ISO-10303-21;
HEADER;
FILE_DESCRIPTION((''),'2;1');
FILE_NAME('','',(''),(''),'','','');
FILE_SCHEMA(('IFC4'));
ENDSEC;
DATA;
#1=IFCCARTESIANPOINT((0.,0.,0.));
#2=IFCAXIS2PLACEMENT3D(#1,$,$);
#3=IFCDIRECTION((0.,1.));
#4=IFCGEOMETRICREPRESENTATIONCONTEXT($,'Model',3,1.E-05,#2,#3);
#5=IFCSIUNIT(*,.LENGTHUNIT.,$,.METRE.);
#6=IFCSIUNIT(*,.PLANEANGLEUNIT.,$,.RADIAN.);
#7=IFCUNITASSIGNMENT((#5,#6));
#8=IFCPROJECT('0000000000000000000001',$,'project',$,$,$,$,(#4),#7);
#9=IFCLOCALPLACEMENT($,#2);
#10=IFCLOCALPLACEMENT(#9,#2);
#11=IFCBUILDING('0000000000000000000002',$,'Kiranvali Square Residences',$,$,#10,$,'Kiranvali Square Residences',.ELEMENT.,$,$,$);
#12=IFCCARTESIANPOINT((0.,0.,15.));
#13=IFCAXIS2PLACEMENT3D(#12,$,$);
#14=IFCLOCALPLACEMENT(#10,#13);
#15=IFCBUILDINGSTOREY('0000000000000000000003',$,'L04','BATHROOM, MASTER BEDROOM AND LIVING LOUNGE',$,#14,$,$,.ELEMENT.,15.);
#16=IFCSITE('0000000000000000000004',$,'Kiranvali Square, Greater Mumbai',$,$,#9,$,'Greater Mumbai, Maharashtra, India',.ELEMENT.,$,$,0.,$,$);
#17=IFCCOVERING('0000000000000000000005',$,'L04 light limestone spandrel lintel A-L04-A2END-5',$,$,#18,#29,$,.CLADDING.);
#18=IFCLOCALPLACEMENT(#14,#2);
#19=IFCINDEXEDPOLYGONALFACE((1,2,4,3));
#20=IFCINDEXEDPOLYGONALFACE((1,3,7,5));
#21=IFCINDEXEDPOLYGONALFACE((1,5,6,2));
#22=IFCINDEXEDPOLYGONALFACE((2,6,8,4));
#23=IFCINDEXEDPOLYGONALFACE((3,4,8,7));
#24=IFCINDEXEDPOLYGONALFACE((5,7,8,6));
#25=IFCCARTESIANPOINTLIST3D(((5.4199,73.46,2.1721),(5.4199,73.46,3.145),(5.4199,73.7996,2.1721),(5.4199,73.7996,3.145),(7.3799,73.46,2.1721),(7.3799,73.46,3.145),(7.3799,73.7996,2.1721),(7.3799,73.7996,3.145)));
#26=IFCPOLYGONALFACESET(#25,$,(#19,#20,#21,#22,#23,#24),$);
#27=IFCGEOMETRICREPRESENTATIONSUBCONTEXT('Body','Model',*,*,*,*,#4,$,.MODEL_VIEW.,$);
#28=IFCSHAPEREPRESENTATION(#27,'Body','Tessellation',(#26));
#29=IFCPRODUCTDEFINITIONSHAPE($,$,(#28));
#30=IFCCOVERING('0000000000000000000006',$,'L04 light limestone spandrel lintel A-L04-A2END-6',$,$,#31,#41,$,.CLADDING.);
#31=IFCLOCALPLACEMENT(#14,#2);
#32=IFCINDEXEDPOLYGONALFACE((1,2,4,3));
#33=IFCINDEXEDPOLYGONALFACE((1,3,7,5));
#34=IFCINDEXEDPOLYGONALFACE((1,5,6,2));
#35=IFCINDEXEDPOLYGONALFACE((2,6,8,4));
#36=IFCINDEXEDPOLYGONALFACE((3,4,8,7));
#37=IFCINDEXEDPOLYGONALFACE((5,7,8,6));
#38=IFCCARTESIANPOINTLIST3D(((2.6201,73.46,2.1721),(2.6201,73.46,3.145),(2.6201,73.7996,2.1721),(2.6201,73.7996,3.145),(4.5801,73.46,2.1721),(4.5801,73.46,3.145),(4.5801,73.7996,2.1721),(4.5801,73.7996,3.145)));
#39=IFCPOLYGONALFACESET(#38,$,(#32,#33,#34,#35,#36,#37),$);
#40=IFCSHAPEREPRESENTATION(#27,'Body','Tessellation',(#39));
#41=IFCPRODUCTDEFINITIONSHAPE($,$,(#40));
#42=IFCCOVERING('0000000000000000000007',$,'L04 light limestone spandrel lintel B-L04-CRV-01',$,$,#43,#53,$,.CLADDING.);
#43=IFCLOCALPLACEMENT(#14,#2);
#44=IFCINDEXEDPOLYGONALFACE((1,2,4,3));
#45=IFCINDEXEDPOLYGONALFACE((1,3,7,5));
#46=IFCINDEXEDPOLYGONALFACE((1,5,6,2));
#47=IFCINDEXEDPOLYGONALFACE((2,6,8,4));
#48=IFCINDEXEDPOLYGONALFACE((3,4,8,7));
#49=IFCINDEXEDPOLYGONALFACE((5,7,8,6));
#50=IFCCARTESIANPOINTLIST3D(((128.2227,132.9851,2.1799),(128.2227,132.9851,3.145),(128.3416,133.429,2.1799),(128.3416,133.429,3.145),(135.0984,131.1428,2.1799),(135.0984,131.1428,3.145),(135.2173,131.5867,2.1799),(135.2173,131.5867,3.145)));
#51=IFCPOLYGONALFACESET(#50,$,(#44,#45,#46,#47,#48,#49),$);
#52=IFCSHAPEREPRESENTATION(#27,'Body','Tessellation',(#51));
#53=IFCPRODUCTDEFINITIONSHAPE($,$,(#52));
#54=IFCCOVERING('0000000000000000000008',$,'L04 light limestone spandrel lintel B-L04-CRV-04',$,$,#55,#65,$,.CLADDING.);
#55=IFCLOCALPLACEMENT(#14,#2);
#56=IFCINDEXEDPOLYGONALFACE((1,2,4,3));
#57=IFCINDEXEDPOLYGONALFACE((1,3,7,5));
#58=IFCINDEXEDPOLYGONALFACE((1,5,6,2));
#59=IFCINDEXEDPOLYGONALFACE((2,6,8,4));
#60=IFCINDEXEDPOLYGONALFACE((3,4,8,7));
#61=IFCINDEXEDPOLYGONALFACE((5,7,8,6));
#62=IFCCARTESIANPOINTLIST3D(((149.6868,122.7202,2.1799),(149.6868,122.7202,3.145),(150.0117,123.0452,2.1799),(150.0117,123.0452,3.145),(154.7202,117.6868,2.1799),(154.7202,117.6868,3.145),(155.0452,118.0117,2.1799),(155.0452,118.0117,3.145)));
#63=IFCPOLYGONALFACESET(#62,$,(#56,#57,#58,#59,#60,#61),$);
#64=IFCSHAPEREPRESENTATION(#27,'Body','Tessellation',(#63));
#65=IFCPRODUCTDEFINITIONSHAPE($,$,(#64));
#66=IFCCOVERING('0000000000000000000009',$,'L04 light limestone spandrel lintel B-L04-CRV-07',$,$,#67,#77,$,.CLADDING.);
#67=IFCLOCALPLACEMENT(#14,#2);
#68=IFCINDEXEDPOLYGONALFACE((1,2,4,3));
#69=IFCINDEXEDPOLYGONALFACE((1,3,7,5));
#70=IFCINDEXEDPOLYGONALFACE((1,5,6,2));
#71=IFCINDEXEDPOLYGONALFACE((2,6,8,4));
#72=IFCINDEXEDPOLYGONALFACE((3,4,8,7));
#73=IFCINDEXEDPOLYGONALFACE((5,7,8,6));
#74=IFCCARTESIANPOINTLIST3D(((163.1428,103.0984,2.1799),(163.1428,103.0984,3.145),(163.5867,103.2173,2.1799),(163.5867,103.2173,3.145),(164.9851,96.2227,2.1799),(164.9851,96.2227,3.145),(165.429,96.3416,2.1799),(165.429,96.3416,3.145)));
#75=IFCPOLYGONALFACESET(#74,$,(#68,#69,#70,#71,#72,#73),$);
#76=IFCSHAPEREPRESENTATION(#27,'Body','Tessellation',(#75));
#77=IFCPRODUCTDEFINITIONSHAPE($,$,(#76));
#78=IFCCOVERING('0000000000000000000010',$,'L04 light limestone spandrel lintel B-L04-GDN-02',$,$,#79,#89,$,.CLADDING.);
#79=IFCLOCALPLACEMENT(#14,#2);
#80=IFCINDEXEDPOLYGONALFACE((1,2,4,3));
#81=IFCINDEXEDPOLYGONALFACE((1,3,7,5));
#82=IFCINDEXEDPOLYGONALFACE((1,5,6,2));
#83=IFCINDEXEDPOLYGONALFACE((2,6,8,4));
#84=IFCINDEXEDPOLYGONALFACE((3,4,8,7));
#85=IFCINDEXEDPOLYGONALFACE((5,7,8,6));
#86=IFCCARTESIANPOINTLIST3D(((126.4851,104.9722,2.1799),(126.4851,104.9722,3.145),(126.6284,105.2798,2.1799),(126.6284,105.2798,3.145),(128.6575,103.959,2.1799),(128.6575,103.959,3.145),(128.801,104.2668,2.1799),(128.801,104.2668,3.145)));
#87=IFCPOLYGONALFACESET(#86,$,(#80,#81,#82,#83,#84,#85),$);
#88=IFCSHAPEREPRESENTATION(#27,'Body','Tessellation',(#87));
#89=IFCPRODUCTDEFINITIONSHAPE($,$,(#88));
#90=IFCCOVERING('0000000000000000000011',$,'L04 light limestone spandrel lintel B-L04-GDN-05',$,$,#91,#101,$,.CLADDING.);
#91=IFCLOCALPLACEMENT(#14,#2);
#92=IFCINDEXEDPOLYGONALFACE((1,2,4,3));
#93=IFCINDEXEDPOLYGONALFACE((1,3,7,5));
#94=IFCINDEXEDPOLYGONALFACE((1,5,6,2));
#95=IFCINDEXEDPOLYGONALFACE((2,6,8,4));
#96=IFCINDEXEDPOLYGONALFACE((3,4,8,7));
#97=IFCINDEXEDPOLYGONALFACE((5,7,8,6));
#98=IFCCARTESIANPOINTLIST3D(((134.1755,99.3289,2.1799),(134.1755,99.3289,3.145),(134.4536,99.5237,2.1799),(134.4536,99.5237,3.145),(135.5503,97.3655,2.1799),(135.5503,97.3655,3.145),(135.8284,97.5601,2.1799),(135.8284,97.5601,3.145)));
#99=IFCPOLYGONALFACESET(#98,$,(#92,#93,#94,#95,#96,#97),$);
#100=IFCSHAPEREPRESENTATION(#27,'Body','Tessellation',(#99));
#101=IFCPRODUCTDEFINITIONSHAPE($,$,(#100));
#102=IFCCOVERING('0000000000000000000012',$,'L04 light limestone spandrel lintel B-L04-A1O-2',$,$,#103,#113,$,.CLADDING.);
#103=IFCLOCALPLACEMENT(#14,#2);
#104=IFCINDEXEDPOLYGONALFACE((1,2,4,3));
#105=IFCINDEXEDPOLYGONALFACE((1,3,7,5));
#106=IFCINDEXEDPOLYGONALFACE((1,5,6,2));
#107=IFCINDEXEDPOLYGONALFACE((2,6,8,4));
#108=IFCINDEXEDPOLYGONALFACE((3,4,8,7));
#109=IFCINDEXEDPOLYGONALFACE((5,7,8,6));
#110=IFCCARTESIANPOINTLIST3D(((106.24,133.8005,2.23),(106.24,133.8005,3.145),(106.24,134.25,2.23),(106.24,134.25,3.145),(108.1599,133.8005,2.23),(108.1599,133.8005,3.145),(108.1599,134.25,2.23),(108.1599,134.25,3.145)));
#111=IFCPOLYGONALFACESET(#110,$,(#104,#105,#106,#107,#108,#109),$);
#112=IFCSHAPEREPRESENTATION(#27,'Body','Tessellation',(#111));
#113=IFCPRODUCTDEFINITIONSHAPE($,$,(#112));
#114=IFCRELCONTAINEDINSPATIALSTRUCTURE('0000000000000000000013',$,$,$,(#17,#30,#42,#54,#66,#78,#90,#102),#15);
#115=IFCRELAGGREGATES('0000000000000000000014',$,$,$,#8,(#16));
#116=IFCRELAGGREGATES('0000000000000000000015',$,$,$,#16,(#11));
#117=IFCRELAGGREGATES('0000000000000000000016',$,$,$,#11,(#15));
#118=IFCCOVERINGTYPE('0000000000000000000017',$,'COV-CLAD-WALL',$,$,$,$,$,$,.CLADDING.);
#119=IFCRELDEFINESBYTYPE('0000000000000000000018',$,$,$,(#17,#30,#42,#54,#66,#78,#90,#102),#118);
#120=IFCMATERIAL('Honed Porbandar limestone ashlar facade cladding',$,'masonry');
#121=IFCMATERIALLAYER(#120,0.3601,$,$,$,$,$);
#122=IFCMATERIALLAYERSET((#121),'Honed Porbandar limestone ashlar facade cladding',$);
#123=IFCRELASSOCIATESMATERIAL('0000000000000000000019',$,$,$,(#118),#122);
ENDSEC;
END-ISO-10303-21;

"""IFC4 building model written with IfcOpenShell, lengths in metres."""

from ifc_helpers import new_model, si_unit, direction, frame, origin, place, context, subcontext, project, spatial, polyline, outline, extrude, material, layer, layer_set, type_object, element, save


model = new_model("IFC4")

# Units and contexts
model_context = context("Model", 3, precision=1e-05, world=origin(), true_north=direction((0.0, 1.0)))
body_context = subcontext(model_context, "Body", "Model", "MODEL_VIEW")
ifc_project = project(units=[si_unit("LENGTHUNIT", "METRE"), si_unit("PLANEANGLEUNIT", "RADIAN")], contexts=[model_context])

# Site, building, storey
site_placement = place(None, origin())
site = spatial("IfcSite", under=ifc_project, at=site_placement, Name="Kiranvali Square, Greater Mumbai", LongName="Greater Mumbai, Maharashtra, India", CompositionType="ELEMENT", RefElevation=0.0)
building_placement = place(site_placement, origin())
building = spatial("IfcBuilding", under=site, at=building_placement, Name="Kiranvali Square Residences", LongName="Kiranvali Square Residences", CompositionType="ELEMENT")
storey_placement = place(building_placement, frame((0.0, 0.0, 15.0)))
storey = spatial("IfcBuildingStorey", under=building, at=storey_placement, Name="L04", Description="BATHROOM, MASTER BEDROOM AND LIVING LOUNGE", CompositionType="ELEMENT", Elevation=15.0)

# Coverings
ifc_material = material(Name="Honed Porbandar limestone ashlar facade cladding", Category="masonry")
ifc_layer = layer(ifc_material, 0.3601)
ifc_layer_set = layer_set([ifc_layer], Name="Honed Porbandar limestone ashlar facade cladding")
covering_type = type_object("IfcCoveringType", Name="COV-CLAD-WALL", PredefinedType="CLADDING", material=ifc_layer_set)
covering_1_placement = place(storey_placement, frame((0.0, 0.0, 2.1721)))
element("IfcCovering", 1, at=covering_1_placement, inside=storey, type_object=covering_type, Name="L04 light limestone spandrel lintel A-L04-A2END-5", PredefinedType="CLADDING", context=body_context, shape_type="SweptSolid", body=[
    extrude(outline(polyline([(7.3799, 73.7996), (5.4199, 73.7996), (5.4199, 73.46), (7.3799, 73.46), (7.3799, 73.7996)])), origin(), (0.0, 0.0, 1.0), 0.9729),
])
covering_2_placement = place(storey_placement, frame((0.0, 0.0, 2.1721)))
element("IfcCovering", 2, at=covering_2_placement, inside=storey, type_object=covering_type, Name="L04 light limestone spandrel lintel A-L04-A2END-6", PredefinedType="CLADDING", context=body_context, shape_type="SweptSolid", body=[
    extrude(outline(polyline([(4.5801, 73.7996), (2.6201, 73.7996), (2.6201, 73.46), (4.5801, 73.46), (4.5801, 73.7996)])), origin(), (0.0, 0.0, 1.0), 0.9729),
])
covering_3_placement = place(storey_placement, frame((0.0, 0.0, 2.1799)))
element("IfcCovering", 3, at=covering_3_placement, inside=storey, type_object=covering_type, Name="L04 light limestone spandrel lintel B-L04-CRV-01", PredefinedType="CLADDING", context=body_context, shape_type="SweptSolid", body=[
    extrude(outline(polyline([(128.2227, 132.9851), (135.0984, 131.1428), (135.2173, 131.5867), (128.3416, 133.429), (128.2227, 132.9851)])), origin(), (0.0, 0.0, 1.0), 0.9651),
])
covering_4_placement = place(storey_placement, frame((0.0, 0.0, 2.1799)))
element("IfcCovering", 4, at=covering_4_placement, inside=storey, type_object=covering_type, Name="L04 light limestone spandrel lintel B-L04-CRV-04", PredefinedType="CLADDING", context=body_context, shape_type="SweptSolid", body=[
    extrude(outline(polyline([(149.6868, 122.7202), (154.7202, 117.6868), (155.0452, 118.0117), (150.0117, 123.0452), (149.6868, 122.7202)])), origin(), (0.0, 0.0, 1.0), 0.9651),
])
covering_5_placement = place(storey_placement, frame((0.0, 0.0, 2.1799)))
element("IfcCovering", 5, at=covering_5_placement, inside=storey, type_object=covering_type, Name="L04 light limestone spandrel lintel B-L04-CRV-07", PredefinedType="CLADDING", context=body_context, shape_type="SweptSolid", body=[
    extrude(outline(polyline([(163.1428, 103.0984), (164.9851, 96.2227), (165.429, 96.3416), (163.5867, 103.2173), (163.1428, 103.0984)])), origin(), (0.0, 0.0, 1.0), 0.9651),
])
covering_6_placement = place(storey_placement, frame((0.0, 0.0, 2.1799)))
element("IfcCovering", 6, at=covering_6_placement, inside=storey, type_object=covering_type, Name="L04 light limestone spandrel lintel B-L04-GDN-02", PredefinedType="CLADDING", context=body_context, shape_type="SweptSolid", body=[
    extrude(outline(polyline([(126.4851, 104.9722), (128.6575, 103.959), (128.801, 104.2668), (126.6284, 105.2798), (126.4851, 104.9722)])), origin(), (0.0, 0.0, 1.0), 0.9651),
])
covering_7_placement = place(storey_placement, frame((0.0, 0.0, 2.1799)))
element("IfcCovering", 7, at=covering_7_placement, inside=storey, type_object=covering_type, Name="L04 light limestone spandrel lintel B-L04-GDN-05", PredefinedType="CLADDING", context=body_context, shape_type="SweptSolid", body=[
    extrude(outline(polyline([(134.1755, 99.3289), (135.5503, 97.3655), (135.8284, 97.5601), (134.4536, 99.5237), (134.1755, 99.3289)])), origin(), (0.0, 0.0, 1.0), 0.9651),
])
covering_8_placement = place(storey_placement, frame((0.0, 0.0, 2.23)))
element("IfcCovering", 8, at=covering_8_placement, inside=storey, type_object=covering_type, Name="L04 light limestone spandrel lintel B-L04-A1O-2", PredefinedType="CLADDING", context=body_context, shape_type="SweptSolid", body=[
    extrude(outline(polyline([(108.1599, 134.25), (106.24, 134.25), (106.24, 133.8005), (108.1599, 133.8005), (108.1599, 134.25)])), origin(), (0.0, 0.0, 1.0), 0.915),
])

save(model, "model.ifc")
